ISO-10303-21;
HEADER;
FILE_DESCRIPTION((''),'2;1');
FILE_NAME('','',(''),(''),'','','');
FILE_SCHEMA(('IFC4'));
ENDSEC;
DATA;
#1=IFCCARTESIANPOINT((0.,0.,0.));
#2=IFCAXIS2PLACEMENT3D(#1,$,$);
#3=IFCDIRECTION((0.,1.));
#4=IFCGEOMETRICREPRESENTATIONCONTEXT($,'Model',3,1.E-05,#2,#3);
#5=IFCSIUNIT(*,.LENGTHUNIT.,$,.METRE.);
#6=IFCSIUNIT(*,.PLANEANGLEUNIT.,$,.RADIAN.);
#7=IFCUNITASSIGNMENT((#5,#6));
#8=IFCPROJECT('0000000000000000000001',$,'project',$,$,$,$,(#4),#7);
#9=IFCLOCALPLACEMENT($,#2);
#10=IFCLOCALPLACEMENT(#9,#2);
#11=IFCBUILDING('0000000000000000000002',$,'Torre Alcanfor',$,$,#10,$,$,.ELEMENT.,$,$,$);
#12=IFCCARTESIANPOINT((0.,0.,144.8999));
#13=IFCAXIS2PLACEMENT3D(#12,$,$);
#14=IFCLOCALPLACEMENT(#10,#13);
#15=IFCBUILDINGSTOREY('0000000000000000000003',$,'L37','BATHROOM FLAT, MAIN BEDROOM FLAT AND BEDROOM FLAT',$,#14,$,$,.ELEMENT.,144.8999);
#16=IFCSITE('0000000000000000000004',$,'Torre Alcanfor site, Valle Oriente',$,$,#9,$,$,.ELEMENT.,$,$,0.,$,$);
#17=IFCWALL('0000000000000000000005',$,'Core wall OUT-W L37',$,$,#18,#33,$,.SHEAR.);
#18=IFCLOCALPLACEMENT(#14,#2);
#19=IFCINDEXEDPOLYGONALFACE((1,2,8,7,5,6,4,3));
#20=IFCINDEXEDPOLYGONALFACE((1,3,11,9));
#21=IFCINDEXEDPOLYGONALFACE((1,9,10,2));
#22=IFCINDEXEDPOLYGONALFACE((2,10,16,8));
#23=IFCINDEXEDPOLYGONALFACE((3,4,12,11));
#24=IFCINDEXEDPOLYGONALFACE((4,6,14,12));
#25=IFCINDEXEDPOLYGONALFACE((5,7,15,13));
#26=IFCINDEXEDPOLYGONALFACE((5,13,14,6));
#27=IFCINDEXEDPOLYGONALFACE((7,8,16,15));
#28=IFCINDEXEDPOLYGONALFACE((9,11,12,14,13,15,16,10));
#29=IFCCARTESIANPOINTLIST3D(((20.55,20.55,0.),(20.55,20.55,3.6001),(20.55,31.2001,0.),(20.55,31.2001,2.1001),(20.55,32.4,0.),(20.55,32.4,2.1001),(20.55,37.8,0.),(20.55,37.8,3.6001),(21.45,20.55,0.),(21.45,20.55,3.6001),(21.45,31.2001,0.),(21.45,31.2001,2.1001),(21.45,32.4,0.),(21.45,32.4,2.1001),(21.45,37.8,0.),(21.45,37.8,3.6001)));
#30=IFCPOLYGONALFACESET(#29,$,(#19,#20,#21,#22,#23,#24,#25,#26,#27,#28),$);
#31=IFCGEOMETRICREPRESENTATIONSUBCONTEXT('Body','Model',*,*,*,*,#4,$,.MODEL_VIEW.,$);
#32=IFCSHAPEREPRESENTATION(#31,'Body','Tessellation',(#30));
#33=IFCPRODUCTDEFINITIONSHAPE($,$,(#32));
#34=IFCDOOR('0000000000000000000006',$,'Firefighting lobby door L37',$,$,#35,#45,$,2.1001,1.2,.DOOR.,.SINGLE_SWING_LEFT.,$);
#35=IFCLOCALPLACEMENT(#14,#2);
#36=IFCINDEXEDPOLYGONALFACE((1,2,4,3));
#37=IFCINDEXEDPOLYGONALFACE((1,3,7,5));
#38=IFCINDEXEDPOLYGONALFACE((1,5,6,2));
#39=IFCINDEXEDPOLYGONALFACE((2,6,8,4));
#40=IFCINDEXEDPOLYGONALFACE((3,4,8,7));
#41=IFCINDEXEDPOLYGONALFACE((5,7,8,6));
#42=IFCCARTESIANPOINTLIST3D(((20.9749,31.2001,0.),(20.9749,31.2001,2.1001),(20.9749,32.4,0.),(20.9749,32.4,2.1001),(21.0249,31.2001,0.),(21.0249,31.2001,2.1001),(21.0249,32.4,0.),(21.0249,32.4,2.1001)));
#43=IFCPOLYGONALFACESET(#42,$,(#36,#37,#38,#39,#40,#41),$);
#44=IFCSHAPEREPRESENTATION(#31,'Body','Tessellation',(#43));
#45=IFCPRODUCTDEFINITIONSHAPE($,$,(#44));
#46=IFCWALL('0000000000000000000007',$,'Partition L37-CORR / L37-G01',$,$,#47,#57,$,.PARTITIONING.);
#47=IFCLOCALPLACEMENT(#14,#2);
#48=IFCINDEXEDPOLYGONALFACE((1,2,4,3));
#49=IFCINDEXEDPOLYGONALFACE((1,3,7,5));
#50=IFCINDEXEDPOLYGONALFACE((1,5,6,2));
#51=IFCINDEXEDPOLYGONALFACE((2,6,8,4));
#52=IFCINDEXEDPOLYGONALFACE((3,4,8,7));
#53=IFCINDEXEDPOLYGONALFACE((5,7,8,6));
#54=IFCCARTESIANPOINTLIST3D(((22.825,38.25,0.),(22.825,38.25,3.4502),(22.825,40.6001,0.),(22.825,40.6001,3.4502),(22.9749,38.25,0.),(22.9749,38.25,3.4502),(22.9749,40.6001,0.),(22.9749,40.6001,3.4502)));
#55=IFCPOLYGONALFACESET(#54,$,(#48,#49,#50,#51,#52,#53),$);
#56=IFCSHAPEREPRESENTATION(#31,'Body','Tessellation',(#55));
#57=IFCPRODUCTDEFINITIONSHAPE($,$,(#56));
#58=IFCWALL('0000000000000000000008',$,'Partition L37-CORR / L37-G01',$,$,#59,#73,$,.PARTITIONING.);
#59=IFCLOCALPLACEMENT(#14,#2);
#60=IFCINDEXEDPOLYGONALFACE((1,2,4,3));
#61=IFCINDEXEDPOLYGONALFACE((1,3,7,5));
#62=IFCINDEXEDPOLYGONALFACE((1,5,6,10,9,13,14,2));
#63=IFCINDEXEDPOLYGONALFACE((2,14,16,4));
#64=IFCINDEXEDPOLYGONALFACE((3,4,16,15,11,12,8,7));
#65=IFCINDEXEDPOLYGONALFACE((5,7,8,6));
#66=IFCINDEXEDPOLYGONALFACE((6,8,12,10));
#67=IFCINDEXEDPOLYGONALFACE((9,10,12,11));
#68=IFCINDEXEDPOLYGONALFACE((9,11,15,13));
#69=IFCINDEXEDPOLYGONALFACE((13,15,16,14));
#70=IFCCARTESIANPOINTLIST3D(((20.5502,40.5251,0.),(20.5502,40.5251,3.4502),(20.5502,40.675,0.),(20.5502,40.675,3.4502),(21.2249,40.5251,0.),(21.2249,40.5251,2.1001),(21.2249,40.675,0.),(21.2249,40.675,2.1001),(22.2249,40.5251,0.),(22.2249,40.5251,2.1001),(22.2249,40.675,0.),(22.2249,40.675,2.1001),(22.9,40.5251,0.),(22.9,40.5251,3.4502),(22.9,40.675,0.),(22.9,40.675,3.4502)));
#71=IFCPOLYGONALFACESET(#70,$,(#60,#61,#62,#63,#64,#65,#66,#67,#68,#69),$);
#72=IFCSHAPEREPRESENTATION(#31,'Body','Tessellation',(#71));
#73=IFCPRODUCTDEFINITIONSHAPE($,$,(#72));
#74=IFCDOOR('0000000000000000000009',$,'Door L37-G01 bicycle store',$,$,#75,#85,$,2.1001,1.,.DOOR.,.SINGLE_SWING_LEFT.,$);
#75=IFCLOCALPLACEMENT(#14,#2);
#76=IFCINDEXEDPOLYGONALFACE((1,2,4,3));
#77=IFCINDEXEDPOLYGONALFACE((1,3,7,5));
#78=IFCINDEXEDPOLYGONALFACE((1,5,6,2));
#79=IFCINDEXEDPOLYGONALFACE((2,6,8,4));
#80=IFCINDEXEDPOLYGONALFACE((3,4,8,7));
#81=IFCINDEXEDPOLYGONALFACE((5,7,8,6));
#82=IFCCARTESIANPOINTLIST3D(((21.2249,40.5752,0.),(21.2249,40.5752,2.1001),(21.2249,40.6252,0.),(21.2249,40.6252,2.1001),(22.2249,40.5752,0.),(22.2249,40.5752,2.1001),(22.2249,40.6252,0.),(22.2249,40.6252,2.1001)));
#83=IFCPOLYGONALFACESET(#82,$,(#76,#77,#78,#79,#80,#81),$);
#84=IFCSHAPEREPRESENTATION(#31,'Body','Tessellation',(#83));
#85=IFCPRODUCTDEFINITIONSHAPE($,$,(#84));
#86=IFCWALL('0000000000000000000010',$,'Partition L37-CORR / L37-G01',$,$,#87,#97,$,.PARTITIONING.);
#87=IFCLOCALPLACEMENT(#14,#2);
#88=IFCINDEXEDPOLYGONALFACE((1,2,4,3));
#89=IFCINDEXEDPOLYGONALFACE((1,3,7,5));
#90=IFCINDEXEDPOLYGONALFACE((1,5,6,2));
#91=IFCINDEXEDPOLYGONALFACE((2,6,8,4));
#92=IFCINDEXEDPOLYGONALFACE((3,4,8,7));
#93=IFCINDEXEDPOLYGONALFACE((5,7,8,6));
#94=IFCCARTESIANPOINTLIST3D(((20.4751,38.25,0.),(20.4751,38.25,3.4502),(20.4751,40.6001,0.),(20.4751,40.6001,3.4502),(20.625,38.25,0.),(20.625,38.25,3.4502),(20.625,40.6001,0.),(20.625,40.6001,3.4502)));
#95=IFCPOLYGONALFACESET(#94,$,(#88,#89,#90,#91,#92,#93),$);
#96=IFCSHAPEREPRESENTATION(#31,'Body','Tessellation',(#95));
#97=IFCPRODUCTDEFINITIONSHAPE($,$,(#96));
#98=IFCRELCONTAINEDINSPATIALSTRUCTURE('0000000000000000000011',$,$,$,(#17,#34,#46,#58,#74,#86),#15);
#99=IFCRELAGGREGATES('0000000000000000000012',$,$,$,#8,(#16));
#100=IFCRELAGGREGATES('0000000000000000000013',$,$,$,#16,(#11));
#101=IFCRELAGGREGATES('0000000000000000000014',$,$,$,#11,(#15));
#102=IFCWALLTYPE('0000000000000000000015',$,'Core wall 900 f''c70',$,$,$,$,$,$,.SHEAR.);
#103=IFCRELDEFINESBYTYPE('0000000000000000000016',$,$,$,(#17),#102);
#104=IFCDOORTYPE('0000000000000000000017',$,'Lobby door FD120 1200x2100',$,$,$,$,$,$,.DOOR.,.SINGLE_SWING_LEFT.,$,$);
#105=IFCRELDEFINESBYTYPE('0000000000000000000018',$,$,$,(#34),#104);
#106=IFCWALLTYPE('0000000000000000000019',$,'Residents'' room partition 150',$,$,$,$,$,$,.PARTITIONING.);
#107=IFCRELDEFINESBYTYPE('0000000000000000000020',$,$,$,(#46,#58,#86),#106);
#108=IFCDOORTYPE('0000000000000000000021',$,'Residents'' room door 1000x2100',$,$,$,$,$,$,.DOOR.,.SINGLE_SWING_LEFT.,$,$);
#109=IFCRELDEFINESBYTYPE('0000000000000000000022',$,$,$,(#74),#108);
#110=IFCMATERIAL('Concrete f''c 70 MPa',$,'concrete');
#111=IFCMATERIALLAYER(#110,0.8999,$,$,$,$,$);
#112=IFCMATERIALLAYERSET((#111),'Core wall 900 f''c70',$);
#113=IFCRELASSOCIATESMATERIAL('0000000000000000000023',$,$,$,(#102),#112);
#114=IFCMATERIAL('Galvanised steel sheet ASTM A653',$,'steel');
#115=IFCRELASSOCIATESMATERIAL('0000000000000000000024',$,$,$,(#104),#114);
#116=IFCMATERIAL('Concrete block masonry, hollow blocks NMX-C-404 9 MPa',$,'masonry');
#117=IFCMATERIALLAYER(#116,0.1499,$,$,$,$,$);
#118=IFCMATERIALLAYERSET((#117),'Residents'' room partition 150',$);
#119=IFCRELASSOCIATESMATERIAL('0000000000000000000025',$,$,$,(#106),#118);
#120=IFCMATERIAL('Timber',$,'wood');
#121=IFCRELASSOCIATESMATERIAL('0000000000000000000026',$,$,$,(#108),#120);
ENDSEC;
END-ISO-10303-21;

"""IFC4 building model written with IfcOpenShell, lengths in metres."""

from ifc_helpers import new_model, si_unit, direction, frame, frame_2d, origin, place, context, subcontext, project, spatial, rectangle, extrude, material, layer, layer_set, type_object, element, fill, save


model = new_model("IFC4")

# Units and contexts
model_context = context("Model", 3, precision=1e-05, world=origin(), true_north=direction((0.0, 1.0)))
body_context = subcontext(model_context, "Body", "Model", "MODEL_VIEW")
ifc_project = project(units=[si_unit("LENGTHUNIT", "METRE"), si_unit("PLANEANGLEUNIT", "RADIAN")], contexts=[model_context])

# Site, building, storey
site_placement = place(None, origin())
site = spatial("IfcSite", under=ifc_project, at=site_placement, Name="Torre Alcanfor site, Valle Oriente", CompositionType="ELEMENT", RefElevation=0.0)
building_placement = place(site_placement, origin())
building = spatial("IfcBuilding", under=site, at=building_placement, Name="Torre Alcanfor", CompositionType="ELEMENT")
storey_placement = place(building_placement, frame((0.0, 0.0, 144.8999)))
storey = spatial("IfcBuildingStorey", under=building, at=storey_placement, Name="L37", Description="BATHROOM FLAT, MAIN BEDROOM FLAT AND BEDROOM FLAT", CompositionType="ELEMENT", Elevation=144.8999)

# Wall, opening, door
ifc_material_1 = material(Name="Concrete f'c 70 MPa", Category="concrete")
ifc_layer_1 = layer(ifc_material_1, 0.8999)
ifc_layer_set_1 = layer_set([ifc_layer_1], Name="Core wall 900 f'c70")
wall_type_1 = type_object("IfcWallType", Name="Core wall 900 f'c70", PredefinedType="SHEAR", material=ifc_layer_set_1)
wall_1_placement = place(storey_placement, frame((21.0, 37.8, 0.0), z_axis=(0.0, 0.0, 1.0), x_axis=(0.0, -1.0, 0.0)))
wall_1 = element("IfcWall", 1, at=wall_1_placement, inside=storey, type_object=wall_type_1, Name="Core wall OUT-W L37", PredefinedType="SHEAR", context=body_context, shape_type="SweptSolid", body=[
    extrude(rectangle(XDim=17.25, YDim=0.8999, at=frame_2d((8.625, 0.0))), origin(), (0.0, 0.0, 1.0), 3.6001),
])
opening_1_placement = place(wall_1_placement, frame((5.3999, 0.0, 0.0)))
opening_1 = element("IfcOpeningElement", 2, at=opening_1_placement, cuts=wall_1, PredefinedType="OPENING", context=body_context, shape_type="SweptSolid", body=[
    extrude(rectangle(XDim=1.2, YDim=2.1001, at=frame_2d((0.6001, 1.05))), frame((0.0, 0.46, 0.0), z_axis=(0.0, -1.0, 0.0), x_axis=(1.0, 0.0, 0.0)), (0.0, 0.0, 1.0), 0.9199),
])
ifc_material_2 = material(Name="Galvanised steel sheet ASTM A653", Category="steel")
door_type_1 = type_object("IfcDoorType", Name="Lobby door FD120 1200x2100", OperationType="SINGLE_SWING_LEFT", PredefinedType="DOOR", material=ifc_material_2)
door_1_placement = place(opening_1_placement, origin())
door_1 = element("IfcDoor", 3, at=door_1_placement, inside=storey, type_object=door_type_1, Name="Firefighting lobby door L37", OperationType="SINGLE_SWING_LEFT", OverallHeight=2.1001, OverallWidth=1.2, PredefinedType="DOOR", context=body_context, shape_type="SweptSolid", body=[
    extrude(rectangle(XDim=1.2, YDim=2.1001, at=frame_2d((0.6001, 1.05))), frame((0.0, 0.0249, 0.0), z_axis=(0.0, -1.0, 0.0), x_axis=(1.0, 0.0, 0.0)), (0.0, 0.0, 1.0), 0.05),
])
fill(opening_1, door_1)

# Wall
ifc_material_3 = material(Name="Concrete block masonry, hollow blocks NMX-C-404 9 MPa", Category="masonry")
ifc_layer_2 = layer(ifc_material_3, 0.1499)
ifc_layer_set_2 = layer_set([ifc_layer_2], Name="Residents' room partition 150")
wall_type_2 = type_object("IfcWallType", Name="Residents' room partition 150", PredefinedType="PARTITIONING", material=ifc_layer_set_2)
wall_2_placement = place(storey_placement, frame((22.8999, 38.25, 0.0), z_axis=(0.0, 0.0, 1.0), x_axis=(0.0, 1.0, 0.0)))
element("IfcWall", 4, at=wall_2_placement, inside=storey, type_object=wall_type_2, Name="Partition L37-CORR / L37-G01", PredefinedType="PARTITIONING", context=body_context, shape_type="SweptSolid", body=[
    extrude(rectangle(XDim=2.3501, YDim=0.1499, at=frame_2d((1.175, 0.0))), origin(), (0.0, 0.0, 1.0), 3.4502),
])

# Wall, opening, door
wall_3_placement = place(storey_placement, frame((22.8999, 40.6001, 0.0), z_axis=(0.0, 0.0, 1.0), x_axis=(-1.0, 0.0, 0.0)))
wall_3 = element("IfcWall", 5, at=wall_3_placement, inside=storey, type_object=wall_type_2, Name="Partition L37-CORR / L37-G01", PredefinedType="PARTITIONING", context=body_context, shape_type="SweptSolid", body=[
    extrude(rectangle(XDim=2.3499, YDim=0.1499, at=frame_2d((1.1748, 0.0))), origin(), (0.0, 0.0, 1.0), 3.4502),
])
opening_2_placement = place(wall_3_placement, frame((0.675, 0.0, 0.0)))
opening_2 = element("IfcOpeningElement", 6, at=opening_2_placement, cuts=wall_3, PredefinedType="OPENING", context=body_context, shape_type="SweptSolid", body=[
    extrude(rectangle(XDim=1.0, YDim=2.1001, at=frame_2d((0.5, 1.05))), frame((0.0, 0.085, 0.0), z_axis=(0.0, -1.0, 0.0), x_axis=(1.0, 0.0, 0.0)), (0.0, 0.0, 1.0), 0.1699),
])
ifc_material_4 = material(Name="Timber", Category="wood")
door_type_2 = type_object("IfcDoorType", Name="Residents' room door 1000x2100", OperationType="SINGLE_SWING_LEFT", PredefinedType="DOOR", material=ifc_material_4)
door_2_placement = place(opening_2_placement, origin())
door_2 = element("IfcDoor", 7, at=door_2_placement, inside=storey, type_object=door_type_2, Name="Door L37-G01 bicycle store", OperationType="SINGLE_SWING_LEFT", OverallHeight=2.1001, OverallWidth=1.0, PredefinedType="DOOR", context=body_context, shape_type="SweptSolid", body=[
    extrude(rectangle(XDim=1.0, YDim=2.1001, at=frame_2d((0.5, 1.05))), frame((0.0, 0.0249, 0.0), z_axis=(0.0, -1.0, 0.0), x_axis=(1.0, 0.0, 0.0)), (0.0, 0.0, 1.0), 0.05),
])
fill(opening_2, door_2)

# Wall
wall_4_placement = place(storey_placement, frame((20.55, 40.6001, 0.0), z_axis=(0.0, 0.0, 1.0), x_axis=(0.0, -1.0, 0.0)))
element("IfcWall", 8, at=wall_4_placement, inside=storey, type_object=wall_type_2, Name="Partition L37-CORR / L37-G01", PredefinedType="PARTITIONING", context=body_context, shape_type="SweptSolid", body=[
    extrude(rectangle(XDim=2.3501, YDim=0.1499, at=frame_2d((1.175, 0.0))), origin(), (0.0, 0.0, 1.0), 3.4502),
])

save(model, "model.ifc")
